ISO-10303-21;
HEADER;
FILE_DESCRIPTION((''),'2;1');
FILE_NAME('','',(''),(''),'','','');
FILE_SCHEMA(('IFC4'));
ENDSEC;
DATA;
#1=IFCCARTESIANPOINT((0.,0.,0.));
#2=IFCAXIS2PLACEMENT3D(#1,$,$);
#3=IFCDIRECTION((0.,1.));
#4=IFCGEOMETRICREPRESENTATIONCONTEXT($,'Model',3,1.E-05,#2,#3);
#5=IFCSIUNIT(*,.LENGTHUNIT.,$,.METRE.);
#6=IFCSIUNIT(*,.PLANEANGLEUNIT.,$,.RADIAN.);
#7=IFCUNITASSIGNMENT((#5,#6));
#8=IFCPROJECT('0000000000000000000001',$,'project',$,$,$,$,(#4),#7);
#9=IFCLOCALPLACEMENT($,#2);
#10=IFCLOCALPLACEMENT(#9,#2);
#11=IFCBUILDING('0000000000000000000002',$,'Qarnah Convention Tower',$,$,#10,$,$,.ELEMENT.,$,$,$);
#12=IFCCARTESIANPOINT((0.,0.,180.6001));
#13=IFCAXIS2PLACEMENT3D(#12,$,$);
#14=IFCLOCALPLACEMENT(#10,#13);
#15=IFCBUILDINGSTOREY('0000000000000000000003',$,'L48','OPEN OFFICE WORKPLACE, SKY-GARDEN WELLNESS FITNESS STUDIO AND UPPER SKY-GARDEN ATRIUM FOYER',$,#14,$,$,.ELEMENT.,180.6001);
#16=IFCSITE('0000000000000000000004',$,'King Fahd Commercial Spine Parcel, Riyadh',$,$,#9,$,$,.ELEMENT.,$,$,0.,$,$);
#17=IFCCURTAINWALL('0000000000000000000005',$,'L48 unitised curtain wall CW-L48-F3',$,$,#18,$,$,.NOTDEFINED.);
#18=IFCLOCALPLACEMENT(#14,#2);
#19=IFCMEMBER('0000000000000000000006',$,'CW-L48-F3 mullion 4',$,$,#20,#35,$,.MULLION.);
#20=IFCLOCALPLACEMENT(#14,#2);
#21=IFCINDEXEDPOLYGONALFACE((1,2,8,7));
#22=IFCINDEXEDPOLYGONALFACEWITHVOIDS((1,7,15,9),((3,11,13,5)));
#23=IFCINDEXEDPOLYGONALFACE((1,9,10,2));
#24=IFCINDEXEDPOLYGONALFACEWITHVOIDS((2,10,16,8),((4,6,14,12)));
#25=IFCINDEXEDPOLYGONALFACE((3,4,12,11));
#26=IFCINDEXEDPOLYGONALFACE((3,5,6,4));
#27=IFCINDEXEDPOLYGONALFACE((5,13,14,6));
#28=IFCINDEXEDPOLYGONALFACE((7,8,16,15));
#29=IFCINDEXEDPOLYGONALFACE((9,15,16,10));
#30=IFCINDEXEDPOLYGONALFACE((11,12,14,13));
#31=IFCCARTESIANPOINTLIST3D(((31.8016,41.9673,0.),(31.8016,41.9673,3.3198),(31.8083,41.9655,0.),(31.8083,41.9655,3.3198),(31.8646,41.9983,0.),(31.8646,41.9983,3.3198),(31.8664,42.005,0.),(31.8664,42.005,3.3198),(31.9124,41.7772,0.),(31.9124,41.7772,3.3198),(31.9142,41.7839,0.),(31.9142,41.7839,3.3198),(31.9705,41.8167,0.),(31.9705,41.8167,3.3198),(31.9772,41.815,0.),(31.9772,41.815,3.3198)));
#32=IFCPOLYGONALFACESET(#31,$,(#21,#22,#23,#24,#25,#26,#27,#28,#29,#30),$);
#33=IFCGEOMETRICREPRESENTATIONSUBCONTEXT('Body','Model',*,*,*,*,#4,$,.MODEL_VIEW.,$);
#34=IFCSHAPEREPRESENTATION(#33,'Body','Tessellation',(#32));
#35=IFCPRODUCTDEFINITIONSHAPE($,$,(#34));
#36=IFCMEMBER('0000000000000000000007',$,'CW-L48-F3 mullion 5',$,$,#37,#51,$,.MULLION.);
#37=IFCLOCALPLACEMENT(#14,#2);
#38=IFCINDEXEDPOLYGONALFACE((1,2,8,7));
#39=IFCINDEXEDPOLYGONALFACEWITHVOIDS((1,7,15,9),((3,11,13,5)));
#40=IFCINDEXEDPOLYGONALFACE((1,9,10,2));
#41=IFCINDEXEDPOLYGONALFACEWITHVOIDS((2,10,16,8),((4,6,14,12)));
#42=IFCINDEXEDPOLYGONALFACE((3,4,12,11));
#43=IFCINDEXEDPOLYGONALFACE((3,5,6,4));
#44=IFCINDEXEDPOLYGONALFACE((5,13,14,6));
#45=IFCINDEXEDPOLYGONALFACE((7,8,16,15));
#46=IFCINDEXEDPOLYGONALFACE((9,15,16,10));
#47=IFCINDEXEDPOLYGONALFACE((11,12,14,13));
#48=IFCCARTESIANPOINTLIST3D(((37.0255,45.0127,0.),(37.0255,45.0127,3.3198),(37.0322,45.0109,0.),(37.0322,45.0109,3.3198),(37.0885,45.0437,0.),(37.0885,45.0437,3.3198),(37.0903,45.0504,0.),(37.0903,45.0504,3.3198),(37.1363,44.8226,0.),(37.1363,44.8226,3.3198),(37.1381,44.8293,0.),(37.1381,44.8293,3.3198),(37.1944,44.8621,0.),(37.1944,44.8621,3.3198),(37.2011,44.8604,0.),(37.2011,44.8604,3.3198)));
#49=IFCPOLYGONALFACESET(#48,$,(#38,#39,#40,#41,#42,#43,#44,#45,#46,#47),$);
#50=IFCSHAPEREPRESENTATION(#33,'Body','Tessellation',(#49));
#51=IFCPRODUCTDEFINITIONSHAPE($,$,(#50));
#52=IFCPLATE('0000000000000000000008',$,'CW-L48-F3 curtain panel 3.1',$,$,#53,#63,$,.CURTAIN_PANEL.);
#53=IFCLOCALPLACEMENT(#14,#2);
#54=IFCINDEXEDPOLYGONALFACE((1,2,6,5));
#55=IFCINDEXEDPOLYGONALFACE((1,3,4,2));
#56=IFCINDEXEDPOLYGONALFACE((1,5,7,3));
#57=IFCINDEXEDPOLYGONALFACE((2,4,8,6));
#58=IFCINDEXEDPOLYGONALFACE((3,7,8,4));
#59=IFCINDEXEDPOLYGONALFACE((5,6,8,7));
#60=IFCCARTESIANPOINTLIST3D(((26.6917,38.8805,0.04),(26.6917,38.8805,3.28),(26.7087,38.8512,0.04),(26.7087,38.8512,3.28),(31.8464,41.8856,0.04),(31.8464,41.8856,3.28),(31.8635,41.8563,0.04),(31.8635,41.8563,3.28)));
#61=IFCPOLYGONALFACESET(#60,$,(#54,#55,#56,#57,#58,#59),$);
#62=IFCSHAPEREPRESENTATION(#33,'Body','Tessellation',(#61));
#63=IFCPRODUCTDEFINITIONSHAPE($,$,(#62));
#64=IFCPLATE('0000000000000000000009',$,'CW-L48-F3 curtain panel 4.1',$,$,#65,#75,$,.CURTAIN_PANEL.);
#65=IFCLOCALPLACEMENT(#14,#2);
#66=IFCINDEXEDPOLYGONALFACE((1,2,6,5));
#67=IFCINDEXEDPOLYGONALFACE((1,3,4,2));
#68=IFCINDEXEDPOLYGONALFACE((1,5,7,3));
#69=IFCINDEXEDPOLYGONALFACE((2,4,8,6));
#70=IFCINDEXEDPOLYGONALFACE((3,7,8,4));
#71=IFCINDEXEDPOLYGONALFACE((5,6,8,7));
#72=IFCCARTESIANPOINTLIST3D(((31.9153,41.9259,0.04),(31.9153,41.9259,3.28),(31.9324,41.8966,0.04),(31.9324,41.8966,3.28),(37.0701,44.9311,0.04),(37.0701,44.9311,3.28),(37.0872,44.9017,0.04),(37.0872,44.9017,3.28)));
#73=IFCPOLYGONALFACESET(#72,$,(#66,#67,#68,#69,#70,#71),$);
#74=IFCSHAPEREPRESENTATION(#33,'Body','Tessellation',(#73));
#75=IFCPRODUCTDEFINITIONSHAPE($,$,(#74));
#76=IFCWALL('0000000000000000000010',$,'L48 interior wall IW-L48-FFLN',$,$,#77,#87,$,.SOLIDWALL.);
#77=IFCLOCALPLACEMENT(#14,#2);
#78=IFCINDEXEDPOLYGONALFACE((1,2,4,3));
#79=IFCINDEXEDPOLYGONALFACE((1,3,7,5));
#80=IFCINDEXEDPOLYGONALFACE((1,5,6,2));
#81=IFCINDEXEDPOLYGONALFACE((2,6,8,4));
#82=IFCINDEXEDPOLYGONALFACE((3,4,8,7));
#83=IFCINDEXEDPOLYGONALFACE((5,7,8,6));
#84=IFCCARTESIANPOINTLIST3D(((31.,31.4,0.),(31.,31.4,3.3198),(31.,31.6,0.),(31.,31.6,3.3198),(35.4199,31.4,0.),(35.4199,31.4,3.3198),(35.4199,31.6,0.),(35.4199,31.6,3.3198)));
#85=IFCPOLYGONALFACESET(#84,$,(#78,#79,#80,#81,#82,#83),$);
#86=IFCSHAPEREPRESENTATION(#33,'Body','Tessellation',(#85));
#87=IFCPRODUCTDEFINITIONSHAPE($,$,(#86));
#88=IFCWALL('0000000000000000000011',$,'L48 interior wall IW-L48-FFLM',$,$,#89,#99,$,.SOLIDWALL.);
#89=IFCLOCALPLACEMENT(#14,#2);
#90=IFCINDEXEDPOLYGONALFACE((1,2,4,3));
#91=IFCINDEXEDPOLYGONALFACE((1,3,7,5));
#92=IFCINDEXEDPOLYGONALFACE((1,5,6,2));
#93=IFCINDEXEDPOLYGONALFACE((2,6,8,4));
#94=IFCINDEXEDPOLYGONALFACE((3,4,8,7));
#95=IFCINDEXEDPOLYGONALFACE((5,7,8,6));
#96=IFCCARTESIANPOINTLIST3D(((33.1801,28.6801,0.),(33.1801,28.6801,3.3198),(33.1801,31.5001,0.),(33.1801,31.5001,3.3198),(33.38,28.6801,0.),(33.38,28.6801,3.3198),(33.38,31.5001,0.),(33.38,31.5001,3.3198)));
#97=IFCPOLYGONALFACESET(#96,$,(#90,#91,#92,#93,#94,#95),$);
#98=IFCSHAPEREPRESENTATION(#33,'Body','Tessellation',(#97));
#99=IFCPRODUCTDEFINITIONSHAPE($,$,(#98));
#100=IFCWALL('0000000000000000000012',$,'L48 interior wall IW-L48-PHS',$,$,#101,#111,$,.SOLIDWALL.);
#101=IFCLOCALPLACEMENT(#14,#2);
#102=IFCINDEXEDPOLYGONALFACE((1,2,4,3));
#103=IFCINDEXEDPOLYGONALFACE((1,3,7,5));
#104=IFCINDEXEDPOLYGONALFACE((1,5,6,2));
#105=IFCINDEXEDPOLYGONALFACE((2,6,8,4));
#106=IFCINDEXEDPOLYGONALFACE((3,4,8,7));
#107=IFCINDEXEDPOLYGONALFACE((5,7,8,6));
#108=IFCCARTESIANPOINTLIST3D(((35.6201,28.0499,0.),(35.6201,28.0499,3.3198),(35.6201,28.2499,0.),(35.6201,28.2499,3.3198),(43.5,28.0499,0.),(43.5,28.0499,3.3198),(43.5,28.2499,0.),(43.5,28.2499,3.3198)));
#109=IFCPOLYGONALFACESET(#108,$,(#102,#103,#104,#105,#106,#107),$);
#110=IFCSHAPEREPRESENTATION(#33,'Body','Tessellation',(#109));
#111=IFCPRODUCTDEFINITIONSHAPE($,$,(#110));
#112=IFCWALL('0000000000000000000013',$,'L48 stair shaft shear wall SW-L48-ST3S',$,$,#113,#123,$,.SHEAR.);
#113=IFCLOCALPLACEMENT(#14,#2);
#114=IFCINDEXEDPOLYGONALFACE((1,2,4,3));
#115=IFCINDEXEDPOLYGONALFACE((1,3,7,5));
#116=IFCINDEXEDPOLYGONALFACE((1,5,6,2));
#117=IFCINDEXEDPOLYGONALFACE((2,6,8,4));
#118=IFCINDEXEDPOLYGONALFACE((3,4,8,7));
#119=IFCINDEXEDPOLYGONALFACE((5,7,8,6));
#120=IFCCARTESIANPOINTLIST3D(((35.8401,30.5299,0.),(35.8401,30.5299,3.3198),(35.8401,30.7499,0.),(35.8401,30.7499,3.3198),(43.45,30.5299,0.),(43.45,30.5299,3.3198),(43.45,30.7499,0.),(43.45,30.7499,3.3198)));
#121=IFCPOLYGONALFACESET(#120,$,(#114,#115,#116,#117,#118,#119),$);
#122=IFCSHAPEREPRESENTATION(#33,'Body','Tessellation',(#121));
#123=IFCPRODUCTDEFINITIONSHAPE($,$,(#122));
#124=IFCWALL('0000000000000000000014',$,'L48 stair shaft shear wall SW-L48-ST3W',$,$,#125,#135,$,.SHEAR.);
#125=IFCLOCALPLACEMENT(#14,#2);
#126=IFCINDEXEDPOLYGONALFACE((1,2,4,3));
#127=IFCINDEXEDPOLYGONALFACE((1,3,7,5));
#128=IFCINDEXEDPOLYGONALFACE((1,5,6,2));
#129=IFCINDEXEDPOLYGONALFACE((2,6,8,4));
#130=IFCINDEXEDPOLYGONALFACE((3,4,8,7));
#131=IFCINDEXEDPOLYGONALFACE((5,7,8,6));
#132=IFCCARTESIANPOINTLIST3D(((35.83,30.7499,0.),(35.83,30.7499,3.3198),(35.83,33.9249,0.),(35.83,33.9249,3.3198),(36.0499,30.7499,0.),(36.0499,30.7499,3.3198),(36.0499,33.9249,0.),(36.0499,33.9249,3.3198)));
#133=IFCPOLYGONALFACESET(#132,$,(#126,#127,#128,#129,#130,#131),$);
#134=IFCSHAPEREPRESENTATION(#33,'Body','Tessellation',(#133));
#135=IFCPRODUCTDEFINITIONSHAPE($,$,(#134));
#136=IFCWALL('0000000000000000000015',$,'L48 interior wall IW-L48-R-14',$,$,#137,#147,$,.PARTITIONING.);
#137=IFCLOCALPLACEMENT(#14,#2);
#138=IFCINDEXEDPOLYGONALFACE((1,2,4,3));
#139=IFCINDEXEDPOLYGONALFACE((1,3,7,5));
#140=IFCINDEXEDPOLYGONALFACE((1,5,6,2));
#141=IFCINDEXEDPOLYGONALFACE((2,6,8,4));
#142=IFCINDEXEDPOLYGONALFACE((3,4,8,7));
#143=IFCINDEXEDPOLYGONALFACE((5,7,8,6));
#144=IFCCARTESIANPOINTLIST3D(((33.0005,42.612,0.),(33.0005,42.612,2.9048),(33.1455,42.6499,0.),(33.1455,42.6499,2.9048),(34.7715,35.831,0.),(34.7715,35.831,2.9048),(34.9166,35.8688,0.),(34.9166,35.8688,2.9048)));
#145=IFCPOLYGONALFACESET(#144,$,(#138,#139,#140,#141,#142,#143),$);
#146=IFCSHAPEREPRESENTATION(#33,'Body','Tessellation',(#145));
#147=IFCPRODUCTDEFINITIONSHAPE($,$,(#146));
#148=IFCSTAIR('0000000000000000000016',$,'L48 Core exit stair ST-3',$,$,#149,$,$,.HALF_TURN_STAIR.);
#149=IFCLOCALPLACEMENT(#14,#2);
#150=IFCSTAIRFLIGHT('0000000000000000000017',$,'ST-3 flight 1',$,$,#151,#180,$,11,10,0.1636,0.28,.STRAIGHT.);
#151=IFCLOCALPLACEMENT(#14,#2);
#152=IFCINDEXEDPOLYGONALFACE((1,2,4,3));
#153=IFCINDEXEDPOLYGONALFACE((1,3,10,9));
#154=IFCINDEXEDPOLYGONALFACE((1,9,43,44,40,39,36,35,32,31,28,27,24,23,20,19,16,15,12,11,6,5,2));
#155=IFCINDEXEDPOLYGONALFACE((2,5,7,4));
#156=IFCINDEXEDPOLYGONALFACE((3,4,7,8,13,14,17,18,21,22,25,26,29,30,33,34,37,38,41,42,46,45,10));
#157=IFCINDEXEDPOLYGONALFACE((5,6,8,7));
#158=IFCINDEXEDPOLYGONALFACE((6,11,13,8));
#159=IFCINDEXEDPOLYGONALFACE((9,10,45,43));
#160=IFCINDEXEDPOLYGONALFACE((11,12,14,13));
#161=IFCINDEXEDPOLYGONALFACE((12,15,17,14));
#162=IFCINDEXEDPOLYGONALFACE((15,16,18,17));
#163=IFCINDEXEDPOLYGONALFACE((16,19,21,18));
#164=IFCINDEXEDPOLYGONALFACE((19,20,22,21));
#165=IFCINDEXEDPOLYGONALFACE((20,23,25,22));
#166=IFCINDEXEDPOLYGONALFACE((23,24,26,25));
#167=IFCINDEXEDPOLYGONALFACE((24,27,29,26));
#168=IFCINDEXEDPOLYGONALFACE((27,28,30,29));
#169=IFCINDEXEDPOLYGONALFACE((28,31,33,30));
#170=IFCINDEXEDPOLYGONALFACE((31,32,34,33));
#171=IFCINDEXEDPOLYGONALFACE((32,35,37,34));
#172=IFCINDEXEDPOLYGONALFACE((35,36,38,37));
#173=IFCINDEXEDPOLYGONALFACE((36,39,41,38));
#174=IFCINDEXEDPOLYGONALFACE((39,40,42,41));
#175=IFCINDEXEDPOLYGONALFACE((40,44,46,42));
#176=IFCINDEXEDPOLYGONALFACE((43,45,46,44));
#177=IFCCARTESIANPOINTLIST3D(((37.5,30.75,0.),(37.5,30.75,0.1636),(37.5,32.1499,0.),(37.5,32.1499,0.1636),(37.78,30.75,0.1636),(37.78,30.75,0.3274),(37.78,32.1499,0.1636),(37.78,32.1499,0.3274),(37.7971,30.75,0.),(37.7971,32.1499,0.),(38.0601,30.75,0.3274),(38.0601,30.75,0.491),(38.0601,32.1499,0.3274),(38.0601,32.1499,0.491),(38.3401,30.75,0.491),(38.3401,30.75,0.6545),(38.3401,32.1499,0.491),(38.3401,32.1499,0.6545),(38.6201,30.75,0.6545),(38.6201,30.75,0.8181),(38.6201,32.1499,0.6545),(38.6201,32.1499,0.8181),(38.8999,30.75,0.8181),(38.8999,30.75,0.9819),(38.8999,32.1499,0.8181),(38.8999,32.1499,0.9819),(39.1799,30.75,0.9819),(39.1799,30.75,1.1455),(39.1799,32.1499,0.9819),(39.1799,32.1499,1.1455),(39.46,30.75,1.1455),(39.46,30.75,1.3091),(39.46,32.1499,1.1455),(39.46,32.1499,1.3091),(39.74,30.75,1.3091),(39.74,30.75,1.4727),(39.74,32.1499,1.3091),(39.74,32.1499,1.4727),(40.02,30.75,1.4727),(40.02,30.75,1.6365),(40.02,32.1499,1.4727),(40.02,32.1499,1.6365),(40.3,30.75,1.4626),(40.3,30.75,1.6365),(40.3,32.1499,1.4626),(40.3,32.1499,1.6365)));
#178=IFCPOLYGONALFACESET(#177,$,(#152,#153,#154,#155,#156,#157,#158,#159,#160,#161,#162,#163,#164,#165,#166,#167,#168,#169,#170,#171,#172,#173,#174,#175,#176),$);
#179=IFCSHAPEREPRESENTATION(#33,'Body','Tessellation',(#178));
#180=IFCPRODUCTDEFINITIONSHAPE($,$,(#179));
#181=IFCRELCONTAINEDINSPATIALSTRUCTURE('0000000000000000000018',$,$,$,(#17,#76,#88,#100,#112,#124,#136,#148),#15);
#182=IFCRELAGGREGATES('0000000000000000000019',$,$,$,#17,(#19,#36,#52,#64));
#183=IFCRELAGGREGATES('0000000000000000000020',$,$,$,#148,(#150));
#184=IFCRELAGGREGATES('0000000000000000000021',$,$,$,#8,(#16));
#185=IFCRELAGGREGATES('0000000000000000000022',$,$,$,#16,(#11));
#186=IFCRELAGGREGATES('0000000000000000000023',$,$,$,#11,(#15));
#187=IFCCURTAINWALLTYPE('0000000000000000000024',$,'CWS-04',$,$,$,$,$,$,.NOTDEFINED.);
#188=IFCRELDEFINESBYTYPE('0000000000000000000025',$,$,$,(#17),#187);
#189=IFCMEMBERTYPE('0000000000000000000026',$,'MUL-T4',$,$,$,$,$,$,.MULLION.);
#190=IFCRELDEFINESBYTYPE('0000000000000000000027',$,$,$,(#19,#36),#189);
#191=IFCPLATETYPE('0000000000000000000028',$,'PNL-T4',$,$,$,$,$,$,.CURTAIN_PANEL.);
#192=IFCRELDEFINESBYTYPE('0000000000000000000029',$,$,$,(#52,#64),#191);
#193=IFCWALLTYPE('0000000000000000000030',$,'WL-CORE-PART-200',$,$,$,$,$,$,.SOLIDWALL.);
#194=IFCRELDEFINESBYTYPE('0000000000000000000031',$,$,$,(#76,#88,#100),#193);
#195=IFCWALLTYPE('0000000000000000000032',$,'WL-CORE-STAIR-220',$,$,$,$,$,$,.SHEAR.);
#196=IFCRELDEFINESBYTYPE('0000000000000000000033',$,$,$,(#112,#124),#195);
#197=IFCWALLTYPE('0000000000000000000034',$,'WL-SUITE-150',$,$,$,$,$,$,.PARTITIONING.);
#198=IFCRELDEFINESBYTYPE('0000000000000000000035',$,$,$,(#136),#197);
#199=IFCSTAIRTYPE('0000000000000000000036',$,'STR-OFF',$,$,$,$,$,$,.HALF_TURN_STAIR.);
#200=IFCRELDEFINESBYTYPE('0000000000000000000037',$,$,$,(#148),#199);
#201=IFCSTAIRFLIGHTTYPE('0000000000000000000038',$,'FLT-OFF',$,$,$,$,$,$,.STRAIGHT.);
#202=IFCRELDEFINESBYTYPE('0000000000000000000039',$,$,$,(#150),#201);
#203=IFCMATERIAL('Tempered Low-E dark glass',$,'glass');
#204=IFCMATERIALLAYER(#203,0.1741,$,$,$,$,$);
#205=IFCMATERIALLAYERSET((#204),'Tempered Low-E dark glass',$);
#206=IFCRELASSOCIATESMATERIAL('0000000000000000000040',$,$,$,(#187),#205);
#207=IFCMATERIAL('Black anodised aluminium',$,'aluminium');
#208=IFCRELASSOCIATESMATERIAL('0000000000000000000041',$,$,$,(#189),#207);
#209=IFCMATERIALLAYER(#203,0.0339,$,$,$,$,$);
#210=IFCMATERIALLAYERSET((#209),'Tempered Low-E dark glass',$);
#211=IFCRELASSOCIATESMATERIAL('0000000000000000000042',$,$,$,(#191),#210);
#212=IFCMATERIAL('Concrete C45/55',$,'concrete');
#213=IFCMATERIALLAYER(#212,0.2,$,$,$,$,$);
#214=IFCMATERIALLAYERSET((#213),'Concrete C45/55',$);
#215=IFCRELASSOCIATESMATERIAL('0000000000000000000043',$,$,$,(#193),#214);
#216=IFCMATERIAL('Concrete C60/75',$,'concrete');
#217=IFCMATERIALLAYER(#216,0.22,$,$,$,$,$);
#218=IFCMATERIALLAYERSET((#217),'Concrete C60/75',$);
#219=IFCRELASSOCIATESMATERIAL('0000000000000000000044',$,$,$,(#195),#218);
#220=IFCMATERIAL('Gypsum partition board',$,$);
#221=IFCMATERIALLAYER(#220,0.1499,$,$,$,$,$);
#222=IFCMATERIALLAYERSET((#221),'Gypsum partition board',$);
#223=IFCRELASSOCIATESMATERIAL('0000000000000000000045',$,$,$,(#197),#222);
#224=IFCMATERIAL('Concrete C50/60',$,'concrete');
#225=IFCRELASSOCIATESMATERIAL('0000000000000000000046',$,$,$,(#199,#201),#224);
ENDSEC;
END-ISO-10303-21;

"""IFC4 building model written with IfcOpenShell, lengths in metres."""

from ifc_helpers import new_model, si_unit, direction, frame, frame_2d, origin, origin_2d, place, context, subcontext, project, spatial, polyline, rectangle, hollow_rectangle, outline, extrude, material, layer, layer_set, material_profile, profile_set, type_object, element, aggregate, save


model = new_model("IFC4")

# Units and contexts
model_context = context("Model", 3, precision=1e-05, world=origin(), true_north=direction((0.0, 1.0)))
body_context = subcontext(model_context, "Body", "Model", "MODEL_VIEW")
ifc_project = project(units=[si_unit("LENGTHUNIT", "METRE"), si_unit("PLANEANGLEUNIT", "RADIAN")], contexts=[model_context])

# Site, building, storey
site_placement = place(None, origin())
site = spatial("IfcSite", under=ifc_project, at=site_placement, Name="King Fahd Commercial Spine Parcel, Riyadh", CompositionType="ELEMENT", RefElevation=0.0)
building_placement = place(site_placement, origin())
building = spatial("IfcBuilding", under=site, at=building_placement, Name="Qarnah Convention Tower", CompositionType="ELEMENT")
storey_placement = place(building_placement, frame((0.0, 0.0, 180.6001)))
storey = spatial("IfcBuildingStorey", under=building, at=storey_placement, Name="L48", Description="OPEN OFFICE WORKPLACE, SKY-GARDEN WELLNESS FITNESS STUDIO AND UPPER SKY-GARDEN ATRIUM FOYER", CompositionType="ELEMENT", Elevation=180.6001)

# Shared definitions
ifc_material_1 = material(Name="Concrete C50/60", Category="concrete")

# Curtain wall, members, plates
ifc_material_2 = material(Name="Tempered Low-E dark glass", Category="glass")
ifc_layer_1 = layer(ifc_material_2, 0.1741)
ifc_layer_set_1 = layer_set([ifc_layer_1], Name="Tempered Low-E dark glass")
curtain_wall_type = type_object("IfcCurtainWallType", Name="CWS-04", PredefinedType="NOTDEFINED", material=ifc_layer_set_1)
curtain_wall_placement = place(storey_placement, origin())
curtain_wall = element("IfcCurtainWall", 1, at=curtain_wall_placement, inside=storey, type_object=curtain_wall_type, Name="L48 unitised curtain wall CW-L48-F3", PredefinedType="NOTDEFINED")
ifc_material_3 = material(Name="Black anodised aluminium", Category="aluminium")
ifc_material_profile_1 = material_profile(ifc_material_3, hollow_rectangle(XDim=0.075, YDim=0.22, WallThickness=0.0049, at=origin_2d()), Name="MUL-75X220")
ifc_profile_set_1 = profile_set([ifc_material_profile_1], Name="Black anodised aluminium")
member_type = type_object("IfcMemberType", Name="MUL-T4", PredefinedType="MULLION", material=ifc_profile_set_1)
member_1_placement = place(storey_placement, frame((31.8894, 41.8911, 0.0), z_axis=(0.0, 0.0, 1.0), x_axis=(0.86391, 0.503647, 0.0)))
member_1 = element("IfcMember", 2, at=member_1_placement, type_object=member_type, Name="CW-L48-F3 mullion 4", PredefinedType="MULLION", context=body_context, shape_type="SweptSolid", body=[
    extrude(hollow_rectangle(XDim=0.075, YDim=0.22, WallThickness=0.0049, at=origin_2d()), origin(), (0.0, 0.0, 1.0), 3.3198),
])
member_2_placement = place(storey_placement, frame((37.1133, 44.9365, 0.0), z_axis=(0.0, 0.0, 1.0), x_axis=(0.86391, 0.503647, 0.0)))
member_2 = element("IfcMember", 3, at=member_2_placement, type_object=member_type, Name="CW-L48-F3 mullion 5", PredefinedType="MULLION", context=body_context, shape_type="SweptSolid", body=[
    extrude(hollow_rectangle(XDim=0.075, YDim=0.22, WallThickness=0.0049, at=origin_2d()), origin(), (0.0, 0.0, 1.0), 3.3198),
])
ifc_layer_2 = layer(ifc_material_2, 0.0339)
ifc_layer_set_2 = layer_set([ifc_layer_2], Name="Tempered Low-E dark glass")
plate_type = type_object("IfcPlateType", Name="PNL-T4", PredefinedType="CURTAIN_PANEL", material=ifc_layer_set_2)
plate_1_placement = place(storey_placement, frame((29.2776, 40.3684, 0.04), z_axis=(0.0, 0.0, 1.0), x_axis=(0.86391, 0.503647, 0.0)))
plate_1 = element("IfcPlate", 4, at=plate_1_placement, type_object=plate_type, Name="CW-L48-F3 curtain panel 3.1", PredefinedType="CURTAIN_PANEL", context=body_context, shape_type="SweptSolid", body=[
    extrude(rectangle(XDim=5.9668, YDim=0.0339, at=origin_2d()), origin(), (0.0, 0.0, 1.0), 3.24),
])
plate_2_placement = place(storey_placement, frame((34.5012, 43.4138, 0.04), z_axis=(0.0, 0.0, 1.0), x_axis=(0.86391, 0.503647, 0.0)))
plate_2 = element("IfcPlate", 5, at=plate_2_placement, type_object=plate_type, Name="CW-L48-F3 curtain panel 4.1", PredefinedType="CURTAIN_PANEL", context=body_context, shape_type="SweptSolid", body=[
    extrude(rectangle(XDim=5.9668, YDim=0.0339, at=origin_2d()), origin(), (0.0, 0.0, 1.0), 3.24),
])
aggregate(curtain_wall, [member_1, member_2, plate_1, plate_2])

# Shared definitions
ifc_material_4 = material(Name="Concrete C45/55", Category="concrete")
ifc_layer_3 = layer(ifc_material_4, 0.2)
ifc_layer_set_3 = layer_set([ifc_layer_3], Name="Concrete C45/55")
wall_type_1 = type_object("IfcWallType", Name="WL-CORE-PART-200", PredefinedType="SOLIDWALL", material=ifc_layer_set_3)

# Walls
wall_1_placement = place(storey_placement, frame((31.0, 31.5, 0.0), z_axis=(0.0, 0.0, 1.0), x_axis=(1.0, 0.0, 0.0)))
element("IfcWall", 6, at=wall_1_placement, inside=storey, type_object=wall_type_1, Name="L48 interior wall IW-L48-FFLN", PredefinedType="SOLIDWALL", context=body_context, shape_type="SweptSolid", body=[
    extrude(rectangle(XDim=4.4199, YDim=0.2, at=frame_2d((2.21, 0.0))), origin(), (0.0, 0.0, 1.0), 3.3198),
])
wall_2_placement = place(storey_placement, frame((33.28, 28.6799, 0.0), z_axis=(0.0, 0.0, 1.0), x_axis=(0.0, 1.0, 0.0)))
element("IfcWall", 7, at=wall_2_placement, inside=storey, type_object=wall_type_1, Name="L48 interior wall IW-L48-FFLM", PredefinedType="SOLIDWALL", context=body_context, shape_type="SweptSolid", body=[
    extrude(rectangle(XDim=2.8201, YDim=0.2, at=frame_2d((1.4102, 0.0))), origin(), (0.0, 0.0, 1.0), 3.3198),
])
wall_3_placement = place(storey_placement, frame((35.6201, 28.1499, 0.0), z_axis=(0.0, 0.0, 1.0), x_axis=(1.0, 0.0, 0.0)))
element("IfcWall", 8, at=wall_3_placement, inside=storey, type_object=wall_type_1, Name="L48 interior wall IW-L48-PHS", PredefinedType="SOLIDWALL", context=body_context, shape_type="SweptSolid", body=[
    extrude(rectangle(XDim=7.8799, YDim=0.2, at=frame_2d((3.9399, 0.0))), origin(), (0.0, 0.0, 1.0), 3.3198),
])

# Walls
ifc_material_5 = material(Name="Concrete C60/75", Category="concrete")
ifc_layer_4 = layer(ifc_material_5, 0.22)
ifc_layer_set_4 = layer_set([ifc_layer_4], Name="Concrete C60/75")
wall_type_2 = type_object("IfcWallType", Name="WL-CORE-STAIR-220", PredefinedType="SHEAR", material=ifc_layer_set_4)
wall_4_placement = place(storey_placement, frame((35.8401, 30.6399, 0.0), z_axis=(0.0, 0.0, 1.0), x_axis=(1.0, 0.0, 0.0)))
element("IfcWall", 9, at=wall_4_placement, inside=storey, type_object=wall_type_2, Name="L48 stair shaft shear wall SW-L48-ST3S", PredefinedType="SHEAR", context=body_context, shape_type="SweptSolid", body=[
    extrude(rectangle(XDim=7.6099, YDim=0.22, at=frame_2d((3.8049, 0.0))), origin(), (0.0, 0.0, 1.0), 3.3198),
])
wall_5_placement = place(storey_placement, frame((35.9399, 30.75, 0.0), z_axis=(0.0, 0.0, 1.0), x_axis=(0.0, 1.0, 0.0)))
element("IfcWall", 10, at=wall_5_placement, inside=storey, type_object=wall_type_2, Name="L48 stair shaft shear wall SW-L48-ST3W", PredefinedType="SHEAR", context=body_context, shape_type="SweptSolid", body=[
    extrude(rectangle(XDim=3.175, YDim=0.22, at=frame_2d((1.5874, 0.0))), origin(), (0.0, 0.0, 1.0), 3.3198),
])
ifc_material_6 = material(Name="Gypsum partition board")
ifc_layer_5 = layer(ifc_material_6, 0.1499)
ifc_layer_set_5 = layer_set([ifc_layer_5], Name="Gypsum partition board")
wall_type_3 = type_object("IfcWallType", Name="WL-SUITE-150", PredefinedType="PARTITIONING", material=ifc_layer_set_5)
wall_6_placement = place(storey_placement, frame((33.073, 42.6311, 0.0), z_axis=(0.0, 0.0, 1.0), x_axis=(0.252694, -0.967546, 0.0)))
element("IfcWall", 11, at=wall_6_placement, inside=storey, type_object=wall_type_3, Name="L48 interior wall IW-L48-R-14", PredefinedType="PARTITIONING", context=body_context, shape_type="SweptSolid", body=[
    extrude(rectangle(XDim=7.0085, YDim=0.1499, at=frame_2d((3.5044, 0.0))), origin(), (0.0, 0.0, 1.0), 2.9048),
])

# Stair, stair flight
stair_type = type_object("IfcStairType", Name="STR-OFF", PredefinedType="HALF_TURN_STAIR", material=ifc_material_1)
stair_placement = place(storey_placement, origin())
stair = element("IfcStair", 12, at=stair_placement, inside=storey, type_object=stair_type, Name="L48 Core exit stair ST-3", PredefinedType="HALF_TURN_STAIR")
stair_flight_type = type_object("IfcStairFlightType", Name="FLT-OFF", PredefinedType="STRAIGHT", material=ifc_material_1)
stair_flight_placement = place(storey_placement, frame((37.5, 31.45, 0.0), z_axis=(0.0, 0.0, 1.0), x_axis=(1.0, 0.0, 0.0)))
stair_flight = element("IfcStairFlight", 13, at=stair_flight_placement, type_object=stair_flight_type, Name="ST-3 flight 1", NumberOfRisers=11, NumberOfTreads=10, PredefinedType="STRAIGHT", RiserHeight=0.1636, TreadLength=0.28, context=body_context, shape_type="SweptSolid", body=[
    extrude(outline(polyline([(0.0, 0.0), (0.0, 0.1636), (0.28, 0.1636), (0.28, 0.3274), (0.5601, 0.3274), (0.5601, 0.491), (0.8401, 0.491), (0.8401, 0.6545), (1.1201, 0.6545), (1.1201, 0.8181), (1.3999, 0.8181), (1.3999, 0.9819), (1.6799, 0.9819), (1.6799, 1.1455), (1.96, 1.1455), (1.96, 1.3091), (2.24, 1.3091), (2.24, 1.4727), (2.52, 1.4727), (2.52, 1.6365), (2.8, 1.6365), (2.8, 1.8), (2.8, 1.4626), (0.2971, 0.0), (0.0, 0.0)])), frame((0.0, 0.7, 0.0), z_axis=(0.0, -1.0, 0.0), x_axis=(1.0, 0.0, 0.0)), (0.0, 0.0, 1.0), 1.3999),
])
aggregate(stair, [stair_flight])

save(model, "model.ifc")
